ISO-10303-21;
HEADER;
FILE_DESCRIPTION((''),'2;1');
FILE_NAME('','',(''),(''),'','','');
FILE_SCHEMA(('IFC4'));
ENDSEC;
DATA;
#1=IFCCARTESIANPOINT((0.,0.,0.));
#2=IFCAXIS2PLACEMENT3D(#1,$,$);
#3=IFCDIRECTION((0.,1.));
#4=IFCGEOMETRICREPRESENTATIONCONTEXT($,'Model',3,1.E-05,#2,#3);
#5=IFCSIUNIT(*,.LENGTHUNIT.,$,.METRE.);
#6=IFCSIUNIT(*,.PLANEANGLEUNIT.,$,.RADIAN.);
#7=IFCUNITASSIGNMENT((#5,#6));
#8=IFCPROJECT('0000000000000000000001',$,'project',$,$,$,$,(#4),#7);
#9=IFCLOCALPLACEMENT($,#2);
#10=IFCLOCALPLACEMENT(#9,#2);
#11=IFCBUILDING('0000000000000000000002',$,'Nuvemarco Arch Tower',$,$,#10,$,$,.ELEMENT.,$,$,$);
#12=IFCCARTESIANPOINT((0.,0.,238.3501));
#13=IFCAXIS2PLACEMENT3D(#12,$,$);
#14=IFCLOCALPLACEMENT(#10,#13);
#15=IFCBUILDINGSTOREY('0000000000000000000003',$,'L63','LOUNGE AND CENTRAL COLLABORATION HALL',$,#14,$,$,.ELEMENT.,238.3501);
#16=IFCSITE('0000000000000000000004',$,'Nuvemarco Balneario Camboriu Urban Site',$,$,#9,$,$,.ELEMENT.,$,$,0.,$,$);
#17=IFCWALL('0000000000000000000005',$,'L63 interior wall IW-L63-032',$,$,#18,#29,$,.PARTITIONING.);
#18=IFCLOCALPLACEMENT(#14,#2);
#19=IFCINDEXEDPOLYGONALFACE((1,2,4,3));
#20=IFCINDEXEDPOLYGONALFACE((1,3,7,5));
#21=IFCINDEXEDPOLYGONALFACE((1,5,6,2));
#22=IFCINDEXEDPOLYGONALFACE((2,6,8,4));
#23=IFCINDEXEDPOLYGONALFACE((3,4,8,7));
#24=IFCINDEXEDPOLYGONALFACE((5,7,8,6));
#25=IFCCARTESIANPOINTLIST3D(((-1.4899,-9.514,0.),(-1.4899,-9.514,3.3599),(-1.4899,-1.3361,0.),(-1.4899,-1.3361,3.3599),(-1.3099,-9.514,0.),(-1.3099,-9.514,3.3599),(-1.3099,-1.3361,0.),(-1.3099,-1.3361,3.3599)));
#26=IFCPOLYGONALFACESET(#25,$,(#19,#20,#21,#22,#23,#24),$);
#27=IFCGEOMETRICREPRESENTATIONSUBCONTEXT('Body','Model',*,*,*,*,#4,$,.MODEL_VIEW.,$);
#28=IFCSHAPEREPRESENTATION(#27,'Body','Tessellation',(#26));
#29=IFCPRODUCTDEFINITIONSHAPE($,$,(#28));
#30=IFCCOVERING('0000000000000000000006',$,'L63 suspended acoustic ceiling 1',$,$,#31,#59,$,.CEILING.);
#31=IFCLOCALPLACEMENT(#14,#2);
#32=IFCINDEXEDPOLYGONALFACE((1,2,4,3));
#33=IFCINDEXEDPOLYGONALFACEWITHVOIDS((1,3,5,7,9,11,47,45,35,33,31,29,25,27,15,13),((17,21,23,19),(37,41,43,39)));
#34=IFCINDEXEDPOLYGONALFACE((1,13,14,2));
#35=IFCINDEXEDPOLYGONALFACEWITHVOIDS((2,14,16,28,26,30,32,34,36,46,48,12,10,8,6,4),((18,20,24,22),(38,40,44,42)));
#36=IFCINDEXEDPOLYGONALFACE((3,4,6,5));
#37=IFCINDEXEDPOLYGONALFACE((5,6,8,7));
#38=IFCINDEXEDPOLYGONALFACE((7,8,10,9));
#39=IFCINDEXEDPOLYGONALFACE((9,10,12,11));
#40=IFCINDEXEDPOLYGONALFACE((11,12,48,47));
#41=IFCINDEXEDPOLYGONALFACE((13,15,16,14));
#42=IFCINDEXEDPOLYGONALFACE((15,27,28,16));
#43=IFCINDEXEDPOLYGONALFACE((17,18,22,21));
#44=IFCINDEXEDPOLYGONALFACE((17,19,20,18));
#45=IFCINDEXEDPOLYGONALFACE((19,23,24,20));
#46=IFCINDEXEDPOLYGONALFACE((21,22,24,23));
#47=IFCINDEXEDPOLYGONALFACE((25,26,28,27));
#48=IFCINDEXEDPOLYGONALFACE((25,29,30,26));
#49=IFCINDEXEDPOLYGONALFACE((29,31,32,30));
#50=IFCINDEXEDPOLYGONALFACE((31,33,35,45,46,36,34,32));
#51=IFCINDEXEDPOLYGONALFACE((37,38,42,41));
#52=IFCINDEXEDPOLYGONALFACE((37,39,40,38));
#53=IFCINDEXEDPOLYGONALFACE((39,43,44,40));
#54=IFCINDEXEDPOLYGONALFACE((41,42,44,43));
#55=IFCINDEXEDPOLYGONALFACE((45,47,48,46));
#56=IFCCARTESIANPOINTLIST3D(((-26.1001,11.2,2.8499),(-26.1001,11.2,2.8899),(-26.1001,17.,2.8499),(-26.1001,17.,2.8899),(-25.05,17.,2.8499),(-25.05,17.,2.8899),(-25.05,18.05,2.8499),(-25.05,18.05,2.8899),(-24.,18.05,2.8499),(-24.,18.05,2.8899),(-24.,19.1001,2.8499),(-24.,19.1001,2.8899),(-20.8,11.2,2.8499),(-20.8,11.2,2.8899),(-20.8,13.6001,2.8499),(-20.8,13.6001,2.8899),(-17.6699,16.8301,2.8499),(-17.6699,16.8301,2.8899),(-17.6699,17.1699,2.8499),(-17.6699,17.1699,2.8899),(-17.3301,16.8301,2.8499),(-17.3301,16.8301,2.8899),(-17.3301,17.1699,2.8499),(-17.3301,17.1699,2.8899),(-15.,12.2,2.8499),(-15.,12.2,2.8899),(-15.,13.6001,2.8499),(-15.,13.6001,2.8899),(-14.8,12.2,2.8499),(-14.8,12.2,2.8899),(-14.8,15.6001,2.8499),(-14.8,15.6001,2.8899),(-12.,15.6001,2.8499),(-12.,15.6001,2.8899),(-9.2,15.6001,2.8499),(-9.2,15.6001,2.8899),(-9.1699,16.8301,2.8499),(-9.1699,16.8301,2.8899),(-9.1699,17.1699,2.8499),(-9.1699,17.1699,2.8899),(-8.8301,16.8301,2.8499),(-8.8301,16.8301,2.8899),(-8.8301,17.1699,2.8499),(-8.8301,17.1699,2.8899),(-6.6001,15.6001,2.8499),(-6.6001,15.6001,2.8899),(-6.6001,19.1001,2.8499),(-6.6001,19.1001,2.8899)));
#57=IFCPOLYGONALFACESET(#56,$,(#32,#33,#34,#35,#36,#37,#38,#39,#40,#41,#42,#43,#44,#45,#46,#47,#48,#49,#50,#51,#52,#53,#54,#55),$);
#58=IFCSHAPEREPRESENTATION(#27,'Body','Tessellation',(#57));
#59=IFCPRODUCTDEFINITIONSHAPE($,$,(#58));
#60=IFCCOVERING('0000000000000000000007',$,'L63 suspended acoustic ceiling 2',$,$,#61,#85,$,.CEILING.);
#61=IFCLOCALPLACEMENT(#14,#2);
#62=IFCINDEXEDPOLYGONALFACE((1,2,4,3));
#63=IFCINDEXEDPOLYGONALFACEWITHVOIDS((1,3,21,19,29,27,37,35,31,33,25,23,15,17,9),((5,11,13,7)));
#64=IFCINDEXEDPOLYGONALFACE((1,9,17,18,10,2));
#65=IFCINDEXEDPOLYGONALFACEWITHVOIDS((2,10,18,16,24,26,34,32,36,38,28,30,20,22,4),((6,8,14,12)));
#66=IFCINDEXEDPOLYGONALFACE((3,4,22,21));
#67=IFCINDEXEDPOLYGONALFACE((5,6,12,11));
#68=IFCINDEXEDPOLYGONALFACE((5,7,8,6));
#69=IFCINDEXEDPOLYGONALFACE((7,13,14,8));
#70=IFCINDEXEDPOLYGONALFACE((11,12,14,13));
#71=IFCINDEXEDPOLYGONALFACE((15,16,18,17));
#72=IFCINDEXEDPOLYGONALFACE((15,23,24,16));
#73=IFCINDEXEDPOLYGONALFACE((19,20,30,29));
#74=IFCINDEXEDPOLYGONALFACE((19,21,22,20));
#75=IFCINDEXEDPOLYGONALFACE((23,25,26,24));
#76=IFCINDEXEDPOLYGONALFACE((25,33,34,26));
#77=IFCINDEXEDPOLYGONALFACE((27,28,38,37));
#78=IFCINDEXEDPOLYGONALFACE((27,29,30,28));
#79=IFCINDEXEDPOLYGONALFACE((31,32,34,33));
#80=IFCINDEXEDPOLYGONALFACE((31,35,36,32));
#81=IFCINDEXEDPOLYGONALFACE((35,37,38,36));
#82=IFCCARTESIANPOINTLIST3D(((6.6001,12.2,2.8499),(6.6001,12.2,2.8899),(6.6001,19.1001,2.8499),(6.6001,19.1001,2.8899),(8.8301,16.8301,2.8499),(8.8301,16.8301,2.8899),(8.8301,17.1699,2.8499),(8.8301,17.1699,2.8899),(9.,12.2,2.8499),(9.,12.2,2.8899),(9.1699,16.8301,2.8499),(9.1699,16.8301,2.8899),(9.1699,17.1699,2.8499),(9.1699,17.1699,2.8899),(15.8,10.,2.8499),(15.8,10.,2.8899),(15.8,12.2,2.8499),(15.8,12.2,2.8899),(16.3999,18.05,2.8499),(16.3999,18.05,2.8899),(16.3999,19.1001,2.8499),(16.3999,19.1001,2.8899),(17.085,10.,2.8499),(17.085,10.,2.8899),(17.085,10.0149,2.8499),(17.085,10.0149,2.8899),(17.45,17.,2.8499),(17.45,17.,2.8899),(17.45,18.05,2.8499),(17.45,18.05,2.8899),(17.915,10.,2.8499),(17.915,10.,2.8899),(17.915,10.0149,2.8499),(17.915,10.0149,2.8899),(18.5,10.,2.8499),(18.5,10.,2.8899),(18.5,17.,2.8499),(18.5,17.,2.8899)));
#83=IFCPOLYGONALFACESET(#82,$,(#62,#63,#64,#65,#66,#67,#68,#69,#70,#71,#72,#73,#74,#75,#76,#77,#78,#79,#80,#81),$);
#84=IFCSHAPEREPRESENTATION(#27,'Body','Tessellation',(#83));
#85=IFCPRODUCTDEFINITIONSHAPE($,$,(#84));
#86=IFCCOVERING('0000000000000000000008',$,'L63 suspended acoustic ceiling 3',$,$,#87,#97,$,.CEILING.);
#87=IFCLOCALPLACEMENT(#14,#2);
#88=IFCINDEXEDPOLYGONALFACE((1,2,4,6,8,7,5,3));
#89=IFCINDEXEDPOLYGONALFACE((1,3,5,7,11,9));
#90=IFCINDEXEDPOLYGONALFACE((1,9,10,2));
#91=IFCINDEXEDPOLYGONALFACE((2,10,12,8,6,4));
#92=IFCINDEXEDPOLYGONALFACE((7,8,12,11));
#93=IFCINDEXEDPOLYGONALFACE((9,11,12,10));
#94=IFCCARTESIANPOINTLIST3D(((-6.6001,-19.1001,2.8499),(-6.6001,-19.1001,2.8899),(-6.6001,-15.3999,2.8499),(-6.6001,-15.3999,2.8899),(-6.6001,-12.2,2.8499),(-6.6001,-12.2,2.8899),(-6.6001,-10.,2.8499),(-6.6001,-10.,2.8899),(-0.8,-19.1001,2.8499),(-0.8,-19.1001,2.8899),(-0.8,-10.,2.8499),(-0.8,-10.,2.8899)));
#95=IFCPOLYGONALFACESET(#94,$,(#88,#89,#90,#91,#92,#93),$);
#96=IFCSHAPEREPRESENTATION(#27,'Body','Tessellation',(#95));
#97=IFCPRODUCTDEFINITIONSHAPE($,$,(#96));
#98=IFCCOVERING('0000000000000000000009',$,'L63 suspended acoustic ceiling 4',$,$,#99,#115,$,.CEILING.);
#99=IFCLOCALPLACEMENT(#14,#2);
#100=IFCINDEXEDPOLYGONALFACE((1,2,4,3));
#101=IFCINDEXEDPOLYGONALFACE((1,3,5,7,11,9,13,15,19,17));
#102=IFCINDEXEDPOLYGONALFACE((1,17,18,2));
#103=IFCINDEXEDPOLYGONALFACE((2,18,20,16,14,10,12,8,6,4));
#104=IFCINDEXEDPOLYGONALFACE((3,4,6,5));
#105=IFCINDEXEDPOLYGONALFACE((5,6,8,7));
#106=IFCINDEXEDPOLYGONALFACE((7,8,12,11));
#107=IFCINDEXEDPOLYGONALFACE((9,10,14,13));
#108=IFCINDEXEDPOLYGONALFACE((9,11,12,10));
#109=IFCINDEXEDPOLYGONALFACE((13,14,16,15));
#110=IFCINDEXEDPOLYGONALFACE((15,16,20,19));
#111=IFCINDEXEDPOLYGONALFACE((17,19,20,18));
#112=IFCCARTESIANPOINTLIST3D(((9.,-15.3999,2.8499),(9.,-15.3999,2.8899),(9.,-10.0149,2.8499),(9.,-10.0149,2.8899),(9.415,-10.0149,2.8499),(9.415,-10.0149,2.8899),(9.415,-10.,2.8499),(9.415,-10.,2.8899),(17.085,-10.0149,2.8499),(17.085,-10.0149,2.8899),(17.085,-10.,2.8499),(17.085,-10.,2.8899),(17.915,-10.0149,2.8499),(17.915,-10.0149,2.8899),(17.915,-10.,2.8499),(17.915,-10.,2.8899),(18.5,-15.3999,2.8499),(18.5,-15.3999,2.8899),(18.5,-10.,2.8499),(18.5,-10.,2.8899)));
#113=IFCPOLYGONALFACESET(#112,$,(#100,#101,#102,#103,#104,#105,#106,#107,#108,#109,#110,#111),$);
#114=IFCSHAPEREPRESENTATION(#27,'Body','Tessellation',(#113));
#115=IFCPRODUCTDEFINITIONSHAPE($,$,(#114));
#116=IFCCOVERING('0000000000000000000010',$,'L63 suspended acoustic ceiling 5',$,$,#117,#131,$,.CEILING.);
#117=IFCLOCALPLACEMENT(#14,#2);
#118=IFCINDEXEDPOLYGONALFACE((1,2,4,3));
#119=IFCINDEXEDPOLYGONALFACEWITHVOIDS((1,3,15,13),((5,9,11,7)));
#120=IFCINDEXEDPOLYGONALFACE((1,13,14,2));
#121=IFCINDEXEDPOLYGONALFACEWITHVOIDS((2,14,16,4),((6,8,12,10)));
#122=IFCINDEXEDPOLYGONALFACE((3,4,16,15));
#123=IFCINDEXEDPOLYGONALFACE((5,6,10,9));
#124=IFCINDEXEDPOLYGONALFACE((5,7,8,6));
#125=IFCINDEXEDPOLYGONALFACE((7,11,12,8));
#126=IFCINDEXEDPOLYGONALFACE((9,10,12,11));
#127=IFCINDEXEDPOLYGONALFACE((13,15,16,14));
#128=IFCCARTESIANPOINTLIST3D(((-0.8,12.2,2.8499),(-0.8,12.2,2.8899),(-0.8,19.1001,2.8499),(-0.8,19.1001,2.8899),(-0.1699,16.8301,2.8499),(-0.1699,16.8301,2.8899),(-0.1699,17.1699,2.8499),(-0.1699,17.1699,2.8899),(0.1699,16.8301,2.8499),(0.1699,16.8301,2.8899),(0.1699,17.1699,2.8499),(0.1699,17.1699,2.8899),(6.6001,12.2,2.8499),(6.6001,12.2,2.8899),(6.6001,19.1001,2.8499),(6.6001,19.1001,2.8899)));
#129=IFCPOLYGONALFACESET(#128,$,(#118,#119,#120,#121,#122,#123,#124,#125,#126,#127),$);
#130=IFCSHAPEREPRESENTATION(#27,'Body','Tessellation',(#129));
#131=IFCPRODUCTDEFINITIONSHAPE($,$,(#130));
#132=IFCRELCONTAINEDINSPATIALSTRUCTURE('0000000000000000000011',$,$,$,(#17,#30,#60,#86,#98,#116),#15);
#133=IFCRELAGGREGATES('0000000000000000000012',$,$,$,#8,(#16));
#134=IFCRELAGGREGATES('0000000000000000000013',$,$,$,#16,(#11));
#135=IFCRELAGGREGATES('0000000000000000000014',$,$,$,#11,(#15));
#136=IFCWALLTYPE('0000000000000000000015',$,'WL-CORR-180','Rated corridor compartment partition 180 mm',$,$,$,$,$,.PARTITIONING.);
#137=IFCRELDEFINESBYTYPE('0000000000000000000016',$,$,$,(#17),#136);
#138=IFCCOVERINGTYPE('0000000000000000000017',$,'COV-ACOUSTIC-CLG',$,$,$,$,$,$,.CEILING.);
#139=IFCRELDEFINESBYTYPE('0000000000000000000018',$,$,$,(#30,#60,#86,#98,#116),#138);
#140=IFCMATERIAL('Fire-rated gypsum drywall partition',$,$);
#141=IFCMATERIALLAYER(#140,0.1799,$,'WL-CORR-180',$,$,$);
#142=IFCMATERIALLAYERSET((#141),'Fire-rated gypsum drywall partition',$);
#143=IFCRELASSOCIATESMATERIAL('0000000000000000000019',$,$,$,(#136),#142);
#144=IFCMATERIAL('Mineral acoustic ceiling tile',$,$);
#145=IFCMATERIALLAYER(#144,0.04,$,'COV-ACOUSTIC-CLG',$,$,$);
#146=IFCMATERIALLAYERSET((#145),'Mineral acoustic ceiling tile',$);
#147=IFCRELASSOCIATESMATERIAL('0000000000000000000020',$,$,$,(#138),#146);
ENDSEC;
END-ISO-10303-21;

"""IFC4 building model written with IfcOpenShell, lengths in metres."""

from ifc_helpers import new_model, si_unit, direction, frame, frame_2d, origin, place, context, subcontext, project, spatial, polyline, rectangle, outline, extrude, material, layer, layer_set, type_object, element, save


model = new_model("IFC4")

# Units and contexts
model_context = context("Model", 3, precision=1e-05, world=origin(), true_north=direction((0.0, 1.0)))
body_context = subcontext(model_context, "Body", "Model", "MODEL_VIEW")
ifc_project = project(units=[si_unit("LENGTHUNIT", "METRE"), si_unit("PLANEANGLEUNIT", "RADIAN")], contexts=[model_context])

# Site, building, storey
site_placement = place(None, origin())
site = spatial("IfcSite", under=ifc_project, at=site_placement, Name="Nuvemarco Balneario Camboriu Urban Site", CompositionType="ELEMENT", RefElevation=0.0)
building_placement = place(site_placement, origin())
building = spatial("IfcBuilding", under=site, at=building_placement, Name="Nuvemarco Arch Tower", CompositionType="ELEMENT")
storey_placement = place(building_placement, frame((0.0, 0.0, 238.3501)))
storey = spatial("IfcBuildingStorey", under=building, at=storey_placement, Name="L63", Description="LOUNGE AND CENTRAL COLLABORATION HALL", CompositionType="ELEMENT", Elevation=238.3501)

# Shared definitions
ifc_material_1 = material(Name="Fire-rated gypsum drywall partition")
ifc_layer_1 = layer(ifc_material_1, 0.1799, Name="WL-CORR-180")
ifc_layer_set_1 = layer_set([ifc_layer_1], Name="Fire-rated gypsum drywall partition")
wall_type = type_object("IfcWallType", Name="WL-CORR-180", Description="Rated corridor compartment partition 180 mm", PredefinedType="PARTITIONING", material=ifc_layer_set_1)

# Wall
wall_1_placement = place(storey_placement, frame((-1.3999, -9.5139, 0.0), z_axis=(0.0, 0.0, 1.0), x_axis=(0.0, 1.0, 0.0)))
element("IfcWall", 1, at=wall_1_placement, inside=storey, type_object=wall_type, Name="L63 interior wall IW-L63-032", PredefinedType="PARTITIONING", context=body_context, shape_type="SweptSolid", body=[
    extrude(rectangle(XDim=8.178, YDim=0.1799, at=frame_2d((4.0889, 0.0))), origin(), (0.0, 0.0, 1.0), 3.3599),
])

# Coverings
ifc_material_2 = material(Name="Mineral acoustic ceiling tile")
ifc_layer_2 = layer(ifc_material_2, 0.04, Name="COV-ACOUSTIC-CLG")
ifc_layer_set_2 = layer_set([ifc_layer_2], Name="Mineral acoustic ceiling tile")
covering_type = type_object("IfcCoveringType", Name="COV-ACOUSTIC-CLG", PredefinedType="CEILING", material=ifc_layer_set_2)
covering_1_placement = place(storey_placement, frame((0.0, 0.0, 2.8499)))
element("IfcCovering", 2, at=covering_1_placement, inside=storey, type_object=covering_type, Name="L63 suspended acoustic ceiling 1", PredefinedType="CEILING", context=body_context, shape_type="SweptSolid", body=[
    extrude(outline(polyline([(-15.0, 12.2), (-15.0, 13.6001), (-20.8, 13.6001), (-20.8, 11.2), (-26.1001, 11.2), (-26.1001, 17.0), (-25.05, 17.0), (-25.05, 18.05), (-24.0, 18.05), (-24.0, 19.1001), (-6.6001, 19.1001), (-6.6001, 15.6001), (-9.2, 15.6001), (-12.0, 15.6001), (-14.8, 15.6001), (-14.8, 12.2), (-15.0, 12.2)]), holes=[polyline([(-17.3301, 17.1699), (-17.6699, 17.1699), (-17.6699, 16.8301), (-17.3301, 16.8301), (-17.3301, 17.1699)]), polyline([(-8.8301, 17.1699), (-9.1699, 17.1699), (-9.1699, 16.8301), (-8.8301, 16.8301), (-8.8301, 17.1699)])]), origin(), (0.0, 0.0, 1.0), 0.04),
])
covering_2_placement = place(storey_placement, frame((0.0, 0.0, 2.8499)))
element("IfcCovering", 3, at=covering_2_placement, inside=storey, type_object=covering_type, Name="L63 suspended acoustic ceiling 2", PredefinedType="CEILING", context=body_context, shape_type="SweptSolid", body=[
    extrude(outline(polyline([(18.5, 17.0), (18.5, 10.0), (17.915, 10.0), (17.915, 10.0149), (17.085, 10.0149), (17.085, 10.0), (15.8, 10.0), (15.8, 12.2), (9.0, 12.2), (6.6001, 12.2), (6.6001, 19.1001), (16.3999, 19.1001), (16.3999, 18.05), (17.45, 18.05), (17.45, 17.0), (18.5, 17.0)]), holes=[polyline([(9.1699, 17.1699), (8.8301, 17.1699), (8.8301, 16.8301), (9.1699, 16.8301), (9.1699, 17.1699)])]), origin(), (0.0, 0.0, 1.0), 0.04),
])
covering_3_placement = place(storey_placement, frame((0.0, 0.0, 2.8499)))
element("IfcCovering", 4, at=covering_3_placement, inside=storey, type_object=covering_type, Name="L63 suspended acoustic ceiling 3", PredefinedType="CEILING", context=body_context, shape_type="SweptSolid", body=[
    extrude(outline(polyline([(-6.6001, -10.0), (-0.8, -10.0), (-0.8, -19.1001), (-6.6001, -19.1001), (-6.6001, -15.3999), (-6.6001, -12.2), (-6.6001, -10.0)])), origin(), (0.0, 0.0, 1.0), 0.04),
])
covering_4_placement = place(storey_placement, frame((0.0, 0.0, 2.8499)))
element("IfcCovering", 5, at=covering_4_placement, inside=storey, type_object=covering_type, Name="L63 suspended acoustic ceiling 4", PredefinedType="CEILING", context=body_context, shape_type="SweptSolid", body=[
    extrude(outline(polyline([(17.085, -10.0149), (17.915, -10.0149), (17.915, -10.0), (18.5, -10.0), (18.5, -15.3999), (9.0, -15.3999), (9.0, -10.0149), (9.415, -10.0149), (9.415, -10.0), (17.085, -10.0), (17.085, -10.0149)])), origin(), (0.0, 0.0, 1.0), 0.04),
])
covering_5_placement = place(storey_placement, frame((0.0, 0.0, 2.8499)))
element("IfcCovering", 6, at=covering_5_placement, inside=storey, type_object=covering_type, Name="L63 suspended acoustic ceiling 5", PredefinedType="CEILING", context=body_context, shape_type="SweptSolid", body=[
    extrude(outline(polyline([(-0.8, 12.2), (-0.8, 19.1001), (6.6001, 19.1001), (6.6001, 12.2), (-0.8, 12.2)]), holes=[polyline([(0.1699, 16.8301), (0.1699, 17.1699), (-0.1699, 17.1699), (-0.1699, 16.8301), (0.1699, 16.8301)])]), origin(), (0.0, 0.0, 1.0), 0.04),
])

save(model, "model.ifc")
